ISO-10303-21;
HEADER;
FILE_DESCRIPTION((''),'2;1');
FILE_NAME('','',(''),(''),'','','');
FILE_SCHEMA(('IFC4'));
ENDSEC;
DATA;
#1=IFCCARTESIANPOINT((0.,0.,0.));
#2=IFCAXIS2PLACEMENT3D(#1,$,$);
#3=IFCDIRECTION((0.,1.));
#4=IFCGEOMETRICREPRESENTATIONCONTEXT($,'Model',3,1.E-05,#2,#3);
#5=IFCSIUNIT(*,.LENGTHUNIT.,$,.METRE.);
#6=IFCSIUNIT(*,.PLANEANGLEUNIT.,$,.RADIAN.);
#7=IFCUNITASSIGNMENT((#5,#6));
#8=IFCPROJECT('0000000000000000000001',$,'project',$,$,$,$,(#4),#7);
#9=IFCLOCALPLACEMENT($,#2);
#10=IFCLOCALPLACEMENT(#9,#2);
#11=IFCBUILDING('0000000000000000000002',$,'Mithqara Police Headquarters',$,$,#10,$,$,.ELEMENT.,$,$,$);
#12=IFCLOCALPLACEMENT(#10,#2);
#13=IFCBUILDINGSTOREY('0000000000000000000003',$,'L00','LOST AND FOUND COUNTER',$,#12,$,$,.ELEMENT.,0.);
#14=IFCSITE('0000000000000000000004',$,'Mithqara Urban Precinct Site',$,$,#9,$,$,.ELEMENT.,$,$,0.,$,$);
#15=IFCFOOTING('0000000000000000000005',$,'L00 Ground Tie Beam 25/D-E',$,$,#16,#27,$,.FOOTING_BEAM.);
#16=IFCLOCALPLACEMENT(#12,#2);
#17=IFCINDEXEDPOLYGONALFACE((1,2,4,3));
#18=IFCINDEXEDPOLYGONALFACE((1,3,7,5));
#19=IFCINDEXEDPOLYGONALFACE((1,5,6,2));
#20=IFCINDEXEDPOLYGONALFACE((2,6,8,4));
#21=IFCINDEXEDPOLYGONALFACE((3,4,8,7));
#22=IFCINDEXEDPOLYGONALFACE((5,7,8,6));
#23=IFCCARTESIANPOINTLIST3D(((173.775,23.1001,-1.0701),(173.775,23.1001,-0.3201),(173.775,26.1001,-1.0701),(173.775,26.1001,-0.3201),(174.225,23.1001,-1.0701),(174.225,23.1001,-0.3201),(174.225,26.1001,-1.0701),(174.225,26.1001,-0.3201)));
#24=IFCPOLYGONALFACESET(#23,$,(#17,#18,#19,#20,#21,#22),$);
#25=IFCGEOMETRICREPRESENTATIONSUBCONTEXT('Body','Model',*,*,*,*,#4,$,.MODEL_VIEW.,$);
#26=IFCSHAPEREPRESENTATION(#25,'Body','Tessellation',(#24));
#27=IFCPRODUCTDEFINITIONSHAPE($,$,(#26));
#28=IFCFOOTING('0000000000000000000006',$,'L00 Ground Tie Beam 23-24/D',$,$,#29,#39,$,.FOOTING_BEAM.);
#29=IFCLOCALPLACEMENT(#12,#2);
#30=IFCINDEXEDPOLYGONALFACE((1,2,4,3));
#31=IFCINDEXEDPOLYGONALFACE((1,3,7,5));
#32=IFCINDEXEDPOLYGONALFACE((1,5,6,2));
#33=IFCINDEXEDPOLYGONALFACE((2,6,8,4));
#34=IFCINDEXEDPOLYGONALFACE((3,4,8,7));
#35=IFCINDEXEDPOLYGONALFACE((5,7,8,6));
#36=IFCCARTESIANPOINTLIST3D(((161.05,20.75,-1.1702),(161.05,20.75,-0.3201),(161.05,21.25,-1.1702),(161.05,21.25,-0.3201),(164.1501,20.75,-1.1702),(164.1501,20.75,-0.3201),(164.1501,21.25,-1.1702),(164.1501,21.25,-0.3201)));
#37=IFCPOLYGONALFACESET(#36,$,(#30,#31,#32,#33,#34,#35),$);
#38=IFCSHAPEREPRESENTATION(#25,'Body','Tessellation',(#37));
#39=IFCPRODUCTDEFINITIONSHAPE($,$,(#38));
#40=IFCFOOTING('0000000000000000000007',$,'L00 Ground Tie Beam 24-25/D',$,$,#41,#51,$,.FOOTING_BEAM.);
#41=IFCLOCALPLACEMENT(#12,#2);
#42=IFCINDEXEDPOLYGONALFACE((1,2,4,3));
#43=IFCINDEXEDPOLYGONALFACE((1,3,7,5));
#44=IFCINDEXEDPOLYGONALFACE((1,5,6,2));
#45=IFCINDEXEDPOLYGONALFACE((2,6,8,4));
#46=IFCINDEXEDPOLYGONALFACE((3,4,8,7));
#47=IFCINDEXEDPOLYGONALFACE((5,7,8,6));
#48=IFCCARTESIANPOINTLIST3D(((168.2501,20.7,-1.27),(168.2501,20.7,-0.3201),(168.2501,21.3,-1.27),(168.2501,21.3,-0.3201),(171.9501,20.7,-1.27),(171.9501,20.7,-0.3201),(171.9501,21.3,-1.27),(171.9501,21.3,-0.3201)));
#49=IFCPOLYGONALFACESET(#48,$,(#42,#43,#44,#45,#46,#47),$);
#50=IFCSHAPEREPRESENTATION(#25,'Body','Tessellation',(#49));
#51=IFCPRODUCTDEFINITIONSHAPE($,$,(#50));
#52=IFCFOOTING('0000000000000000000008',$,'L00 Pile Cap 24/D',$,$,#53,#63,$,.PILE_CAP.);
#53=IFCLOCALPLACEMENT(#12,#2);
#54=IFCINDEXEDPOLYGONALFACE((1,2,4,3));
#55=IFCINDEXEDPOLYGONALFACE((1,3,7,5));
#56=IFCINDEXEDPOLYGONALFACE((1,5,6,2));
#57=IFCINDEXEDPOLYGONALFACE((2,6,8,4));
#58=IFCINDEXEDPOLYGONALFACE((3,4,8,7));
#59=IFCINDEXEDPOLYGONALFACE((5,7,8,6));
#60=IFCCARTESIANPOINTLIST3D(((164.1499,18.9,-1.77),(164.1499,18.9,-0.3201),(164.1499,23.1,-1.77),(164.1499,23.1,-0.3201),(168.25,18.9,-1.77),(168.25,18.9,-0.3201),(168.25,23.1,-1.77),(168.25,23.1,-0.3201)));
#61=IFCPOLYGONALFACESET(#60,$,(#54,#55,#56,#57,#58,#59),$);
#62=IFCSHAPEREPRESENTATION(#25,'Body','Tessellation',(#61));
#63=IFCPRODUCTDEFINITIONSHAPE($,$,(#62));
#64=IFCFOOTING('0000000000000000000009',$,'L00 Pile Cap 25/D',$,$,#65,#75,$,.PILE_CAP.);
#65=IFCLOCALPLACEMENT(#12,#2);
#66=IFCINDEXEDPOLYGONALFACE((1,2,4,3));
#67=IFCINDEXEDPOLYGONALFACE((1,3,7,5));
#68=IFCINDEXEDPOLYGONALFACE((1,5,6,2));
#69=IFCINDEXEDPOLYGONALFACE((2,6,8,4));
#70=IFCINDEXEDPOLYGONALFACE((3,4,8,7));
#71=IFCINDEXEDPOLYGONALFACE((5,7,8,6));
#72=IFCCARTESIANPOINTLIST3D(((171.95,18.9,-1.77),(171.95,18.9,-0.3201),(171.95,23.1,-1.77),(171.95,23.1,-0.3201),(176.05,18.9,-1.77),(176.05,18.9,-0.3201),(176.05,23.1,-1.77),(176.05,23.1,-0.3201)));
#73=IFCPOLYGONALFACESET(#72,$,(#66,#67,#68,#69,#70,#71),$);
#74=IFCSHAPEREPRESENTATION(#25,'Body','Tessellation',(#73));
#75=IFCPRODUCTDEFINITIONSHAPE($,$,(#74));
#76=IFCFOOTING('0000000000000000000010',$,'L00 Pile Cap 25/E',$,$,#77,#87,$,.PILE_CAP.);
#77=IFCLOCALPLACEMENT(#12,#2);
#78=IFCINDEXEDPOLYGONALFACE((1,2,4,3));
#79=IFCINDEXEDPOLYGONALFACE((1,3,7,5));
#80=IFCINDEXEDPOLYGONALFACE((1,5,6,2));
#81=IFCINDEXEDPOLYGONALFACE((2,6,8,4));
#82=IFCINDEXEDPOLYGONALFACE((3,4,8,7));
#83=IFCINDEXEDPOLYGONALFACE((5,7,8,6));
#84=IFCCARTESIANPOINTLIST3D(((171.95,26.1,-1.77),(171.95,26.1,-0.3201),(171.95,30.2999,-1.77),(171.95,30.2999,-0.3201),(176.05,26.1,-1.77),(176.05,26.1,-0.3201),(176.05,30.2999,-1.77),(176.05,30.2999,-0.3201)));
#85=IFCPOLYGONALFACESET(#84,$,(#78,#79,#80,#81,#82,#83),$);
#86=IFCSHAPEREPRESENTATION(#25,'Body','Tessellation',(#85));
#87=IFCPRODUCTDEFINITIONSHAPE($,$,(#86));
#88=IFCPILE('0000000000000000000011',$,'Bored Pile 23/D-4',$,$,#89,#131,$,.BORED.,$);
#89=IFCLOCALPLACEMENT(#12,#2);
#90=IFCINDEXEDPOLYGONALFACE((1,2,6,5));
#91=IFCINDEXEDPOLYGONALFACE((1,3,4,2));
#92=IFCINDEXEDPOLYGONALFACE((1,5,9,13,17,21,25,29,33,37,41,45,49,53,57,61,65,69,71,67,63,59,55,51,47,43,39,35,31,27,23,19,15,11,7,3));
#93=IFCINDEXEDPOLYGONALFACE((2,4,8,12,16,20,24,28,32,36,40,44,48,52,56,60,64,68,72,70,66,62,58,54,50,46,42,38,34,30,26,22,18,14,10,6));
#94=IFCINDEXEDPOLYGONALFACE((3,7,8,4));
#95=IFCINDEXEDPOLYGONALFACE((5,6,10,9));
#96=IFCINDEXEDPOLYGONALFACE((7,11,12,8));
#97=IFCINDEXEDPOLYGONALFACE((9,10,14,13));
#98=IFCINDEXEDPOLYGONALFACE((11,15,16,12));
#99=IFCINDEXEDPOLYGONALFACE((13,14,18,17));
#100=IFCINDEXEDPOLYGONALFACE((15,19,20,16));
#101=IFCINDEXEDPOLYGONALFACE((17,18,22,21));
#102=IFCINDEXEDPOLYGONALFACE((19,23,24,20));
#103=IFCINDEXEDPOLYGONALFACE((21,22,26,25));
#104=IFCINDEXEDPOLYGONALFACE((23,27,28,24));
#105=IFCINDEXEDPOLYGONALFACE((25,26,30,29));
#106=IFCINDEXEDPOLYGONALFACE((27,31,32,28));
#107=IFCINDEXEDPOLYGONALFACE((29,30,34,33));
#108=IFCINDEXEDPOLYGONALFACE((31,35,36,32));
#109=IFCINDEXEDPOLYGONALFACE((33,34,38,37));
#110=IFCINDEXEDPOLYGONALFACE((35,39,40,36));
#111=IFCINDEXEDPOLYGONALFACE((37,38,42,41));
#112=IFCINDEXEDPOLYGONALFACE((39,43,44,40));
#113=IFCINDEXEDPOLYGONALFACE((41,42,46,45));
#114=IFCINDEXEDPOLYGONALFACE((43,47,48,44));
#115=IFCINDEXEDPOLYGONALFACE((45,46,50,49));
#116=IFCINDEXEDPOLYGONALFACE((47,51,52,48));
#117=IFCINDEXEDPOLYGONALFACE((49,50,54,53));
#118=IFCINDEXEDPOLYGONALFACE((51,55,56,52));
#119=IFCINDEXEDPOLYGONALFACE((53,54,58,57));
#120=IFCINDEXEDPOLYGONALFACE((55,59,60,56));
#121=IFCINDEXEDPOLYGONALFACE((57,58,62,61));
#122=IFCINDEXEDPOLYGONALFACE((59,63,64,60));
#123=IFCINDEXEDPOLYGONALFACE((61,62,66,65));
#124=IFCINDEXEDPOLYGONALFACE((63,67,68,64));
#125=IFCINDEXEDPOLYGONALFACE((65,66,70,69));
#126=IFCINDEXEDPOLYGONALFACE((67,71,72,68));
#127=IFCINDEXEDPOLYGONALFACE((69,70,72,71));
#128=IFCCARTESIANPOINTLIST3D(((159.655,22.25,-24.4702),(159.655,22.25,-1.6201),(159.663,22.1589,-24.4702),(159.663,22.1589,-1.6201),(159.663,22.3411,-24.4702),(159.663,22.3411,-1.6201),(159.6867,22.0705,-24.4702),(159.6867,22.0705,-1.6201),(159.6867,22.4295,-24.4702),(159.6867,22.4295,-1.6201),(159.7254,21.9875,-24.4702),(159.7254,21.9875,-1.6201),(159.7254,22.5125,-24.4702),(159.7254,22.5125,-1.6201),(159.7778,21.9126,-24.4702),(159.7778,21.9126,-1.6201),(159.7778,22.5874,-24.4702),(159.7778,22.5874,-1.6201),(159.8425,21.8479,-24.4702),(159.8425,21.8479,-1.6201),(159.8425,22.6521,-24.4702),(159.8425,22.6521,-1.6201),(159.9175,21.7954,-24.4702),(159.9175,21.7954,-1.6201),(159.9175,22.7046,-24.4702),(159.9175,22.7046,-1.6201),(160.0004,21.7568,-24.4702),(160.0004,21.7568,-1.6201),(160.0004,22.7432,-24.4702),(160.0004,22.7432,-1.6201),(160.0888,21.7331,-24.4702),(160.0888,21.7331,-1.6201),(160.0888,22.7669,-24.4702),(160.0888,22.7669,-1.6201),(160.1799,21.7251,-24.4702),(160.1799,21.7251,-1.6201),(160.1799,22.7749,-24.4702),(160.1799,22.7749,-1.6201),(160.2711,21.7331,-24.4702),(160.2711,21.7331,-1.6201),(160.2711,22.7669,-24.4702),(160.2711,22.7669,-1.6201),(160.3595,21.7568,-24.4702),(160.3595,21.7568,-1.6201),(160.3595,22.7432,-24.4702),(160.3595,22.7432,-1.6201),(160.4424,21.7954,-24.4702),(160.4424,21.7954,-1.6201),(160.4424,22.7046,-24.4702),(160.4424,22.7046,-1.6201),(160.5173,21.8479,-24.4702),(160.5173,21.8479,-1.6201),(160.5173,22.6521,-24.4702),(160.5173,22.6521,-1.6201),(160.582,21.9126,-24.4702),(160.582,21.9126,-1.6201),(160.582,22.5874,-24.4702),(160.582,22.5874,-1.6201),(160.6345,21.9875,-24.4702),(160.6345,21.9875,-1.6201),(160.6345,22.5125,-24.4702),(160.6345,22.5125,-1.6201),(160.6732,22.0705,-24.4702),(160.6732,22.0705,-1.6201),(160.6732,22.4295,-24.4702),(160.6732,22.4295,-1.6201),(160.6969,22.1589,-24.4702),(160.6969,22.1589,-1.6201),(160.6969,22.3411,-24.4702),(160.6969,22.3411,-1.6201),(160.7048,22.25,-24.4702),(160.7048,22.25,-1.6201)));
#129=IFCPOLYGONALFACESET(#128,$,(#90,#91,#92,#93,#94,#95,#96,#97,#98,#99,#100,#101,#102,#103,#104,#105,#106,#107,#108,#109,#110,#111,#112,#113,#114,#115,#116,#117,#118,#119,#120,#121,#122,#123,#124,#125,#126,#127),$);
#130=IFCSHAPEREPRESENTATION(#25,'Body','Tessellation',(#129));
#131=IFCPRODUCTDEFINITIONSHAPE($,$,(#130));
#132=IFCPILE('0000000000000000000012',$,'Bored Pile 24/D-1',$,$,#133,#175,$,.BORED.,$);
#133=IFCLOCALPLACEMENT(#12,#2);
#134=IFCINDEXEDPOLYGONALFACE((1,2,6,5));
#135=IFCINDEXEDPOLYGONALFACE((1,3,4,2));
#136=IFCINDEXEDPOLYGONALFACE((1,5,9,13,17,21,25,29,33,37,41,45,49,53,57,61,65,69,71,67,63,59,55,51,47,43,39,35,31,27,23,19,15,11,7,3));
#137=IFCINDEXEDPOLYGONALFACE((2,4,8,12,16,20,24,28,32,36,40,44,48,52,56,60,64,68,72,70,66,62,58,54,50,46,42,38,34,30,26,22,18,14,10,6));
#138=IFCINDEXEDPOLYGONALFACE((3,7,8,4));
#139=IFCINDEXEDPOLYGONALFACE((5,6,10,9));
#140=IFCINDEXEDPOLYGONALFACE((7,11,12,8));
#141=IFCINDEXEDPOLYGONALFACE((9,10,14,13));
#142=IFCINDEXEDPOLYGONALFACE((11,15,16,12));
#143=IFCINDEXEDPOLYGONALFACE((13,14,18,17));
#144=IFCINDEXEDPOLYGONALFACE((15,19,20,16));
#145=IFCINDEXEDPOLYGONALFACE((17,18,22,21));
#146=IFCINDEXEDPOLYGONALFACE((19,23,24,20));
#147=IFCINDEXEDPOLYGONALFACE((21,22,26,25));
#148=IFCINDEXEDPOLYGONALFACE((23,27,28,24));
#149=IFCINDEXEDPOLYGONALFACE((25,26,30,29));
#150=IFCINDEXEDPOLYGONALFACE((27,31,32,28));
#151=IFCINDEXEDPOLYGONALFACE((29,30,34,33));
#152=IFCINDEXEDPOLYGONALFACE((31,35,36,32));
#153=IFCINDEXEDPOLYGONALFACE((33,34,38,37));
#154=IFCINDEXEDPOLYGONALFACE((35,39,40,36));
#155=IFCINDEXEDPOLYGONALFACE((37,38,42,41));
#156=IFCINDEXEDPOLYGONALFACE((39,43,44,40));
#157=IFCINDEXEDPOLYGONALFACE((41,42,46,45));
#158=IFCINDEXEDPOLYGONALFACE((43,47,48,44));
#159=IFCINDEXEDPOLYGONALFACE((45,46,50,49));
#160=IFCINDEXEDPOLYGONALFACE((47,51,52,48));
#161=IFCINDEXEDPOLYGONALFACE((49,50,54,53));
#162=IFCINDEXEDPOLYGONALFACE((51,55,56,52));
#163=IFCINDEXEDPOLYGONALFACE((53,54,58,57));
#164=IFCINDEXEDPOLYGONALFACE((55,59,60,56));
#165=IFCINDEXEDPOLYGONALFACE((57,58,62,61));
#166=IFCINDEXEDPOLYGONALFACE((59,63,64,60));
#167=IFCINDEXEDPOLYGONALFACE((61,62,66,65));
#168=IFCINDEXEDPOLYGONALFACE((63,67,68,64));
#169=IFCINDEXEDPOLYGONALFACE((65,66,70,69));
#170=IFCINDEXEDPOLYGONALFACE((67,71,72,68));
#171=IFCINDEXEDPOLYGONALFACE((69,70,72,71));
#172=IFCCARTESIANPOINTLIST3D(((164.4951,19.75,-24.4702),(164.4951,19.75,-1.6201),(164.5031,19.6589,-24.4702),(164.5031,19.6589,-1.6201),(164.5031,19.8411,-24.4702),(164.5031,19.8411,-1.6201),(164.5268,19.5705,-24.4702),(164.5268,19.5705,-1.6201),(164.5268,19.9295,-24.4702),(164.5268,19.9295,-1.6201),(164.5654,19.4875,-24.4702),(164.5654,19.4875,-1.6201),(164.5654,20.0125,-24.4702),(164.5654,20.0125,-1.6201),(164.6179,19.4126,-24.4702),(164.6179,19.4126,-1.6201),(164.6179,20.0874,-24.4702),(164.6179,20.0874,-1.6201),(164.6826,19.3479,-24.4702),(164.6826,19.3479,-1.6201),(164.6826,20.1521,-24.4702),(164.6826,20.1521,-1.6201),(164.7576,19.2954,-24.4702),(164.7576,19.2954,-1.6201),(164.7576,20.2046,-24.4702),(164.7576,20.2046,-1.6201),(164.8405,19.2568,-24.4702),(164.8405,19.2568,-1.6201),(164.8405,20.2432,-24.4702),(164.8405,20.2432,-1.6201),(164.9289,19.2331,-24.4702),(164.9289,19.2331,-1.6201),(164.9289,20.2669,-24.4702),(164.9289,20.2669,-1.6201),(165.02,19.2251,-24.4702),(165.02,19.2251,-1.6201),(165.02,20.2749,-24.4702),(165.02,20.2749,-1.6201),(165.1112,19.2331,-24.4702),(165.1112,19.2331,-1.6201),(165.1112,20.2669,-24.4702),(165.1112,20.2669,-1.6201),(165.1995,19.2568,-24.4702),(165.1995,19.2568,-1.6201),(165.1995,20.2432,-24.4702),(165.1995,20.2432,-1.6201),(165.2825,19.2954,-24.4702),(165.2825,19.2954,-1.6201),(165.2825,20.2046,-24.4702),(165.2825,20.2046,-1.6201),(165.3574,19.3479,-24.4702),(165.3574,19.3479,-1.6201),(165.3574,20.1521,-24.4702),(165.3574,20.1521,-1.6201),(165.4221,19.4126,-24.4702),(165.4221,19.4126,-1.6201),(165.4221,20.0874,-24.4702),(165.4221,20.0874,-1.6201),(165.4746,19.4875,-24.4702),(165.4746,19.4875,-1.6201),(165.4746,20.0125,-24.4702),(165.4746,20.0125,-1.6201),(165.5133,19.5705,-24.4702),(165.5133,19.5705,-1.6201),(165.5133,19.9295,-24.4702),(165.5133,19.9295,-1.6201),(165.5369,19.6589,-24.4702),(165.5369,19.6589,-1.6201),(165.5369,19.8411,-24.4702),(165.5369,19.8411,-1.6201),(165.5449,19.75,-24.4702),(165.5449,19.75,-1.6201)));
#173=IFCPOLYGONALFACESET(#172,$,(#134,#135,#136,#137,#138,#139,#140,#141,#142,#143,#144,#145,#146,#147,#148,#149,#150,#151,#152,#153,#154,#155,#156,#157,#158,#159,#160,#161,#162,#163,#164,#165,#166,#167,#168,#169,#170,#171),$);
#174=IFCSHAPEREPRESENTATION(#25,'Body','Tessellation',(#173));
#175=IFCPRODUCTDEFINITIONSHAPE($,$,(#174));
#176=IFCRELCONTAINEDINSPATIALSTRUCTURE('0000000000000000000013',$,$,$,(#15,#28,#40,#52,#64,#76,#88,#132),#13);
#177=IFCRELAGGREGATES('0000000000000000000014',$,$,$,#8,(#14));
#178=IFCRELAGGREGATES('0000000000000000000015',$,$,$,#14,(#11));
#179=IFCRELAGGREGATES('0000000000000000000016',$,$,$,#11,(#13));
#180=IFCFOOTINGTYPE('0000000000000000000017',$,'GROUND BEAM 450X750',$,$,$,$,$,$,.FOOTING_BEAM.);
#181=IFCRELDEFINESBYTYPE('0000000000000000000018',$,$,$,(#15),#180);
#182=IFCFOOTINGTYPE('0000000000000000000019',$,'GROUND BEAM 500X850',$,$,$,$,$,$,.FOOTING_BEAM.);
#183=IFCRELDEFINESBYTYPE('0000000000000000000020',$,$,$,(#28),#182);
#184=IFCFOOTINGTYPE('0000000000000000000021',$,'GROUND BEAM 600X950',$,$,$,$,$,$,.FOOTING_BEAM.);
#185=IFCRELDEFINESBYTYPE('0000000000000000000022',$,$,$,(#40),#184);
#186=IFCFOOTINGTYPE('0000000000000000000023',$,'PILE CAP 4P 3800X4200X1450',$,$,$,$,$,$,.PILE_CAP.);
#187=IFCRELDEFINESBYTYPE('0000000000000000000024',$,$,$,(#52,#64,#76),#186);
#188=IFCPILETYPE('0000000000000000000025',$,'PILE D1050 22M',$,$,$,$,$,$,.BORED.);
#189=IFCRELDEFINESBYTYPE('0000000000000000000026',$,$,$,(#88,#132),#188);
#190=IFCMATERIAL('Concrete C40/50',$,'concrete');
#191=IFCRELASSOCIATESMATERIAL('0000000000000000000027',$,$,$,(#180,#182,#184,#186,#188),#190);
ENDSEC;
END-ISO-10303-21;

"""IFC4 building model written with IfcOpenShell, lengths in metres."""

from ifc_helpers import new_model, si_unit, direction, frame, origin, origin_2d, place, context, subcontext, project, spatial, rectangle, circle, extrude, material, material_profile, profile_set, type_object, element, save


model = new_model("IFC4")

# Units and contexts
model_context = context("Model", 3, precision=1e-05, world=origin(), true_north=direction((0.0, 1.0)))
body_context = subcontext(model_context, "Body", "Model", "MODEL_VIEW")
ifc_project = project(units=[si_unit("LENGTHUNIT", "METRE"), si_unit("PLANEANGLEUNIT", "RADIAN")], contexts=[model_context])

# Site, building, storey
site_placement = place(None, origin())
site = spatial("IfcSite", under=ifc_project, at=site_placement, Name="Mithqara Urban Precinct Site", CompositionType="ELEMENT", RefElevation=0.0)
building_placement = place(site_placement, origin())
building = spatial("IfcBuilding", under=site, at=building_placement, Name="Mithqara Police Headquarters", CompositionType="ELEMENT")
storey_placement = place(building_placement, origin())
storey = spatial("IfcBuildingStorey", under=building, at=storey_placement, Name="L00", Description="LOST AND FOUND COUNTER", CompositionType="ELEMENT", Elevation=0.0)

# Footings
ifc_material_1 = material(Name="Concrete C40/50", Category="concrete")
footing_type_1 = type_object("IfcFootingType", Name="GROUND BEAM 450X750", PredefinedType="FOOTING_BEAM", material=ifc_material_1)
footing_1_placement = place(storey_placement, frame((174.0, 24.6001, -1.0701), z_axis=(0.0, 0.0, 1.0), x_axis=(1.0, 0.0, 0.0)))
element("IfcFooting", 1, at=footing_1_placement, inside=storey, type_object=footing_type_1, Name="L00 Ground Tie Beam 25/D-E", PredefinedType="FOOTING_BEAM", context=body_context, shape_type="SweptSolid", body=[
    extrude(rectangle(XDim=0.45, YDim=3.0, at=origin_2d()), origin(), (0.0, 0.0, 1.0), 0.75),
])
footing_type_2 = type_object("IfcFootingType", Name="GROUND BEAM 500X850", PredefinedType="FOOTING_BEAM", material=ifc_material_1)
footing_2_placement = place(storey_placement, frame((162.6001, 21.0, -1.1702), z_axis=(0.0, 0.0, 1.0), x_axis=(1.0, 0.0, 0.0)))
element("IfcFooting", 2, at=footing_2_placement, inside=storey, type_object=footing_type_2, Name="L00 Ground Tie Beam 23-24/D", PredefinedType="FOOTING_BEAM", context=body_context, shape_type="SweptSolid", body=[
    extrude(rectangle(XDim=3.1001, YDim=0.5, at=origin_2d()), origin(), (0.0, 0.0, 1.0), 0.8501),
])
footing_type_3 = type_object("IfcFootingType", Name="GROUND BEAM 600X950", PredefinedType="FOOTING_BEAM", material=ifc_material_1)
footing_3_placement = place(storey_placement, frame((170.1001, 21.0, -1.27), z_axis=(0.0, 0.0, 1.0), x_axis=(1.0, 0.0, 0.0)))
element("IfcFooting", 3, at=footing_3_placement, inside=storey, type_object=footing_type_3, Name="L00 Ground Tie Beam 24-25/D", PredefinedType="FOOTING_BEAM", context=body_context, shape_type="SweptSolid", body=[
    extrude(rectangle(XDim=3.7, YDim=0.6001, at=origin_2d()), origin(), (0.0, 0.0, 1.0), 0.95),
])
footing_type_4 = type_object("IfcFootingType", Name="PILE CAP 4P 3800X4200X1450", PredefinedType="PILE_CAP", material=ifc_material_1)
for number, where, z_axis, x_axis, name in (
    (4, (166.2, 21.0, -1.77), (0.0, 0.0, 1.0), (1.0, 0.0, 0.0), "L00 Pile Cap 24/D"),
    (5, (174.0, 21.0, -1.77), (0.0, 0.0, 1.0), (1.0, 0.0, 0.0), "L00 Pile Cap 25/D"),
    (6, (174.0, 28.2, -1.77), (0.0, 0.0, 1.0), (1.0, 0.0, 0.0), "L00 Pile Cap 25/E"),
):
    element("IfcFooting", number, at=place(storey_placement, frame(where, z_axis=z_axis, x_axis=x_axis)), inside=storey, type_object=footing_type_4, Name=name, PredefinedType="PILE_CAP", context=body_context, shape_type="SweptSolid", body=[
        extrude(rectangle(XDim=4.1001, YDim=4.2, at=origin_2d()), origin(), (0.0, 0.0, 1.0), 1.45),
    ])

# Piles
ifc_material_profile_1 = material_profile(ifc_material_1, circle(Radius=0.5249, at=origin_2d()), Name="PILE D1050")
ifc_profile_set_1 = profile_set([ifc_material_profile_1], Name="Concrete C40/50")
pile_type = type_object("IfcPileType", Name="PILE D1050 22M", PredefinedType="BORED", material=ifc_profile_set_1)
for number, where, z_axis, x_axis, name in (
    (7, (160.1799, 22.25, -1.6201), (0.0, 0.0, -1.0), (1.0, 0.0, 0.0), "Bored Pile 23/D-4"),
    (8, (165.02, 19.75, -1.6201), (0.0, 0.0, -1.0), (1.0, 0.0, 0.0), "Bored Pile 24/D-1"),
):
    element("IfcPile", number, at=place(storey_placement, frame(where, z_axis=z_axis, x_axis=x_axis)), inside=storey, type_object=pile_type, Name=name, PredefinedType="BORED", context=body_context, shape_type="SweptSolid", body=[
        extrude(circle(Radius=0.5249, at=origin_2d()), origin(), (0.0, 0.0, 1.0), 22.8501),
    ])

save(model, "model.ifc")
